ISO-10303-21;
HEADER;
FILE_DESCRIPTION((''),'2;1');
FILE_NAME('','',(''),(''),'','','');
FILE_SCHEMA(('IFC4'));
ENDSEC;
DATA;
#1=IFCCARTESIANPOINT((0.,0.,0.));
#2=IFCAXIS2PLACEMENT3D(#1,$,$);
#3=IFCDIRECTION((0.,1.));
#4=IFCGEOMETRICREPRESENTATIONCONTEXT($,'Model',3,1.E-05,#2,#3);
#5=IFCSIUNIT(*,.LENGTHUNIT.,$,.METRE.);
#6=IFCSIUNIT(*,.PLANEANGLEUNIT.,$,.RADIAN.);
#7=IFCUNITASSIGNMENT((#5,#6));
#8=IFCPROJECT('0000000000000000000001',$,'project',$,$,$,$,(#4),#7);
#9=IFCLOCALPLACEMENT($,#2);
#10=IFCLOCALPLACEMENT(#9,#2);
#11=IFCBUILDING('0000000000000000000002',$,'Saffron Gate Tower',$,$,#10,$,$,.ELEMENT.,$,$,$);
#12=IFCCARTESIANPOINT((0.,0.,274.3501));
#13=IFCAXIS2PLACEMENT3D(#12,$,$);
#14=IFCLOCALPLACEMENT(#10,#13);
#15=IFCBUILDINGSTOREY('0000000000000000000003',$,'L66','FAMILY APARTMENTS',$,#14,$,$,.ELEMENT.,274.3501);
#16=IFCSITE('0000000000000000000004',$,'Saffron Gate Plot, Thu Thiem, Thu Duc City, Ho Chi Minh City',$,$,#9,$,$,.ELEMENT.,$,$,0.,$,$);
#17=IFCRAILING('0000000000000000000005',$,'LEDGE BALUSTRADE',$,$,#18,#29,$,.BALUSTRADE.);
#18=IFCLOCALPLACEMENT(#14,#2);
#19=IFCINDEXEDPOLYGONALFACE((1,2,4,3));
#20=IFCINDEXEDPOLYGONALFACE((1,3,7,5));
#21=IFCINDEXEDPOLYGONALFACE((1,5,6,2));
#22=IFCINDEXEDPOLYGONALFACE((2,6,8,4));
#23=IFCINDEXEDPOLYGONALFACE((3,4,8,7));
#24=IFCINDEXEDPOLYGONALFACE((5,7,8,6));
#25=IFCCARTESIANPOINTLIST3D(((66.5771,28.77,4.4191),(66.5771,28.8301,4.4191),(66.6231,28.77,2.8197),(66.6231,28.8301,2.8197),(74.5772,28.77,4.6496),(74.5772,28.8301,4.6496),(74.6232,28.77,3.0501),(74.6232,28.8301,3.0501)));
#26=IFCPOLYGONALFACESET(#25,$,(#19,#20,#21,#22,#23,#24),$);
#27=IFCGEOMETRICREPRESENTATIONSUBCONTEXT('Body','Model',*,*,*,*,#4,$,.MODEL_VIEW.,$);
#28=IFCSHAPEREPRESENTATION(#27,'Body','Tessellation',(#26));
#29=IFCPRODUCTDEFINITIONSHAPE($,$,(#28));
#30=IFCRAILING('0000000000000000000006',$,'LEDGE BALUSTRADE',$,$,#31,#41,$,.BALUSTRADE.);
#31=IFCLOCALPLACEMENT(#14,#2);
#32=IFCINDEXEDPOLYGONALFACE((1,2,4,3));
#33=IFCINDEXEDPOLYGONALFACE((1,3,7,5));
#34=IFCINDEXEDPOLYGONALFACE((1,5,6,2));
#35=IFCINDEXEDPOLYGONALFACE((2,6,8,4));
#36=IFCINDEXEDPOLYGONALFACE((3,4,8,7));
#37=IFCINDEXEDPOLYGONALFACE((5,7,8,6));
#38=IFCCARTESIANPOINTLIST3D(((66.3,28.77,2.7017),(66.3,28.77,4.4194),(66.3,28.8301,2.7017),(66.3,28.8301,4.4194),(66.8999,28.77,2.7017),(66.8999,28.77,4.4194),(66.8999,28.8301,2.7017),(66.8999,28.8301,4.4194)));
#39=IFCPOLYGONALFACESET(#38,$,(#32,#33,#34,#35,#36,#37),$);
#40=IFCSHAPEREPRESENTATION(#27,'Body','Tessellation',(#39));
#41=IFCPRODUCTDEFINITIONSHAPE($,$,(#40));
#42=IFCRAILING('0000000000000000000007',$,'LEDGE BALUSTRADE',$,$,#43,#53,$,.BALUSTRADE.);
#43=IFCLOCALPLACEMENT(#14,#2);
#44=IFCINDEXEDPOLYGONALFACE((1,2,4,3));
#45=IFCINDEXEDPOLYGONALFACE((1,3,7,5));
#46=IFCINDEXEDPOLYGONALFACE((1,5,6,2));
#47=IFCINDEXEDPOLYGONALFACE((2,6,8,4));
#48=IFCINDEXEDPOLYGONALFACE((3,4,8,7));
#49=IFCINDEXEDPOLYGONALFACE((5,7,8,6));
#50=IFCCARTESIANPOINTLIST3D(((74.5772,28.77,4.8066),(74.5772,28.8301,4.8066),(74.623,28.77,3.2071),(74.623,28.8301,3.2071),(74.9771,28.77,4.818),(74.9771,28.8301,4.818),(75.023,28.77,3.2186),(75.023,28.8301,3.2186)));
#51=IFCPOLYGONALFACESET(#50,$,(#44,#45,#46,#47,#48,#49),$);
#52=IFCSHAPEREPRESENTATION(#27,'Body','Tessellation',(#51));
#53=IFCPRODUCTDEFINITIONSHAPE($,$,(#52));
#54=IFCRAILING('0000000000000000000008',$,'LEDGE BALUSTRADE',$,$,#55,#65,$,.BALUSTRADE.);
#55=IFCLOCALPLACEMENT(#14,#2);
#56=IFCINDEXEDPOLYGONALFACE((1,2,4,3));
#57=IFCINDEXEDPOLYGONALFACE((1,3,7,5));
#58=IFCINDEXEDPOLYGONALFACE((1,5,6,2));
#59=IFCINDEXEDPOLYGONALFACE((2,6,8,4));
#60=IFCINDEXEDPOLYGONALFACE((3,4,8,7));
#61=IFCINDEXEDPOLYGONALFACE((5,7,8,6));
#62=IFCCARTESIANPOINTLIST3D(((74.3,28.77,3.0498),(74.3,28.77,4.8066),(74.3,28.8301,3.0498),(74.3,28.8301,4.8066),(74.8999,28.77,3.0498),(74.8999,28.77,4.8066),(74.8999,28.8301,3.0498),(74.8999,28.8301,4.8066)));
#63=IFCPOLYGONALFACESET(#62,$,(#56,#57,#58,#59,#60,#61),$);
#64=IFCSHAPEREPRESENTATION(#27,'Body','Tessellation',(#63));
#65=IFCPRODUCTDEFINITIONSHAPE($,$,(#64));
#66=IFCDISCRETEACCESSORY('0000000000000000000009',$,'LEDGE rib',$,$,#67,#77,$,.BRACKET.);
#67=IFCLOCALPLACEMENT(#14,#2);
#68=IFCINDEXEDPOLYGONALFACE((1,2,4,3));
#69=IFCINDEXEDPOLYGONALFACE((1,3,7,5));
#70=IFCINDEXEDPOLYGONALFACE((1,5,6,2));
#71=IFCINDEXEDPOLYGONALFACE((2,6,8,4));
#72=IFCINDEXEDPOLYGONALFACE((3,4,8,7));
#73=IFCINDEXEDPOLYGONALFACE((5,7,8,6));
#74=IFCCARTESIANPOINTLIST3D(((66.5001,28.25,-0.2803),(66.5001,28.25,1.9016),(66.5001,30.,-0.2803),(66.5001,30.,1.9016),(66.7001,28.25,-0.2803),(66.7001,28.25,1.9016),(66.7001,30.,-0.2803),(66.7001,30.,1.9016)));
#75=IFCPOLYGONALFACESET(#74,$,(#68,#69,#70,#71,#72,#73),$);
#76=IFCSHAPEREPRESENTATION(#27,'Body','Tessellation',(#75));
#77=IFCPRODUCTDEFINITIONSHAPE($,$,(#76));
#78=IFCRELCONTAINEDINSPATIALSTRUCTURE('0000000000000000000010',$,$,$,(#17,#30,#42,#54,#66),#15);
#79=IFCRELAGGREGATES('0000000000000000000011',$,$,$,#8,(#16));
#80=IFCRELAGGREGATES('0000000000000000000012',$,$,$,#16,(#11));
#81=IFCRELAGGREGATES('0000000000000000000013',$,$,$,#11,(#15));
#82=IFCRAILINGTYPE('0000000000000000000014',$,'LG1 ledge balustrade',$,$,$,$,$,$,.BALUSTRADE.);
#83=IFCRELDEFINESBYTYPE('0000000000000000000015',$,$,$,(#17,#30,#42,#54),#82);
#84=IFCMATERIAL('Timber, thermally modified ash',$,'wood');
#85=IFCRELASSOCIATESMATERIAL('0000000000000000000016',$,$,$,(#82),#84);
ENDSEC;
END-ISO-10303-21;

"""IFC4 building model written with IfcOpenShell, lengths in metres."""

from ifc_helpers import new_model, si_unit, direction, frame, origin, origin_2d, place, context, subcontext, project, spatial, rectangle, extrude, material, type_object, element, save


model = new_model("IFC4")

# Units and contexts
model_context = context("Model", 3, precision=1e-05, world=origin(), true_north=direction((0.0, 1.0)))
body_context = subcontext(model_context, "Body", "Model", "MODEL_VIEW")
ifc_project = project(units=[si_unit("LENGTHUNIT", "METRE"), si_unit("PLANEANGLEUNIT", "RADIAN")], contexts=[model_context])

# Site, building, storey
site_placement = place(None, origin())
site = spatial("IfcSite", under=ifc_project, at=site_placement, Name="Saffron Gate Plot, Thu Thiem, Thu Duc City, Ho Chi Minh City", CompositionType="ELEMENT", RefElevation=0.0)
building_placement = place(site_placement, origin())
building = spatial("IfcBuilding", under=site, at=building_placement, Name="Saffron Gate Tower", CompositionType="ELEMENT")
storey_placement = place(building_placement, frame((0.0, 0.0, 274.3501)))
storey = spatial("IfcBuildingStorey", under=building, at=storey_placement, Name="L66", Description="FAMILY APARTMENTS", CompositionType="ELEMENT", Elevation=274.3501)

# Shared definitions
ifc_material_1 = material(Name="Timber, thermally modified ash", Category="wood")

# Railings
railing_type = type_object("IfcRailingType", Name="LG1 ledge balustrade", PredefinedType="BALUSTRADE", material=ifc_material_1)
railing_1_placement = place(storey_placement, frame((66.6001, 28.8, 2.8193)))
element("IfcRailing", 1, at=railing_1_placement, inside=storey, type_object=railing_type, Name="LEDGE BALUSTRADE", PredefinedType="BALUSTRADE", context=body_context, shape_type="SweptSolid", body=[
    extrude(rectangle(XDim=0.0601, YDim=1.6001, at=origin_2d()), frame((0.0, 0.0, 0.8), z_axis=(0.999585, 0.0, 0.028797), x_axis=(0.0, 1.0, 0.0)), (0.0, 0.0, 1.0), 8.0034),
])
railing_2_placement = place(storey_placement, frame((66.3, 28.8, 2.7017)))
element("IfcRailing", 2, at=railing_2_placement, inside=storey, type_object=railing_type, Name="LEDGE BALUSTRADE", PredefinedType="BALUSTRADE", context=body_context, shape_type="SweptSolid", body=[
    extrude(rectangle(XDim=0.0601, YDim=1.7178, at=origin_2d()), frame((0.0, 0.0, 0.8589), z_axis=(1.0, 0.0, 0.0), x_axis=(0.0, 1.0, 0.0)), (0.0, 0.0, 1.0), 0.5999),
])
railing_3_placement = place(storey_placement, frame((74.6001, 28.8, 3.2068)))
element("IfcRailing", 3, at=railing_3_placement, inside=storey, type_object=railing_type, Name="LEDGE BALUSTRADE", PredefinedType="BALUSTRADE", context=body_context, shape_type="SweptSolid", body=[
    extrude(rectangle(XDim=0.0601, YDim=1.6001, at=origin_2d()), frame((0.0, 0.0, 0.8), z_axis=(0.999589, 0.0, 0.028682), x_axis=(0.0, 1.0, 0.0)), (0.0, 0.0, 1.0), 0.4001),
])
railing_4_placement = place(storey_placement, frame((74.3, 28.8, 3.0498)))
element("IfcRailing", 4, at=railing_4_placement, inside=storey, type_object=railing_type, Name="LEDGE BALUSTRADE", PredefinedType="BALUSTRADE", context=body_context, shape_type="SweptSolid", body=[
    extrude(rectangle(XDim=0.0601, YDim=1.7568, at=origin_2d()), frame((0.0, 0.0, 0.8784), z_axis=(1.0, 0.0, 0.0), x_axis=(0.0, 1.0, 0.0)), (0.0, 0.0, 1.0), 0.5999),
])

# Discrete accessory
discrete_accessory_placement = place(storey_placement, frame((66.6001, 29.125, -0.2803), z_axis=(0.0, 0.0, 1.0), x_axis=(1.0, 0.0, 0.0)))
element("IfcDiscreteAccessory", 5, at=discrete_accessory_placement, inside=storey, Name="LEDGE rib", PredefinedType="BRACKET", context=body_context, shape_type="SweptSolid", body=[
    extrude(rectangle(XDim=0.2, YDim=1.75, at=origin_2d()), origin(), (0.0, 0.0, 1.0), 2.1819),
])

save(model, "model.ifc")
